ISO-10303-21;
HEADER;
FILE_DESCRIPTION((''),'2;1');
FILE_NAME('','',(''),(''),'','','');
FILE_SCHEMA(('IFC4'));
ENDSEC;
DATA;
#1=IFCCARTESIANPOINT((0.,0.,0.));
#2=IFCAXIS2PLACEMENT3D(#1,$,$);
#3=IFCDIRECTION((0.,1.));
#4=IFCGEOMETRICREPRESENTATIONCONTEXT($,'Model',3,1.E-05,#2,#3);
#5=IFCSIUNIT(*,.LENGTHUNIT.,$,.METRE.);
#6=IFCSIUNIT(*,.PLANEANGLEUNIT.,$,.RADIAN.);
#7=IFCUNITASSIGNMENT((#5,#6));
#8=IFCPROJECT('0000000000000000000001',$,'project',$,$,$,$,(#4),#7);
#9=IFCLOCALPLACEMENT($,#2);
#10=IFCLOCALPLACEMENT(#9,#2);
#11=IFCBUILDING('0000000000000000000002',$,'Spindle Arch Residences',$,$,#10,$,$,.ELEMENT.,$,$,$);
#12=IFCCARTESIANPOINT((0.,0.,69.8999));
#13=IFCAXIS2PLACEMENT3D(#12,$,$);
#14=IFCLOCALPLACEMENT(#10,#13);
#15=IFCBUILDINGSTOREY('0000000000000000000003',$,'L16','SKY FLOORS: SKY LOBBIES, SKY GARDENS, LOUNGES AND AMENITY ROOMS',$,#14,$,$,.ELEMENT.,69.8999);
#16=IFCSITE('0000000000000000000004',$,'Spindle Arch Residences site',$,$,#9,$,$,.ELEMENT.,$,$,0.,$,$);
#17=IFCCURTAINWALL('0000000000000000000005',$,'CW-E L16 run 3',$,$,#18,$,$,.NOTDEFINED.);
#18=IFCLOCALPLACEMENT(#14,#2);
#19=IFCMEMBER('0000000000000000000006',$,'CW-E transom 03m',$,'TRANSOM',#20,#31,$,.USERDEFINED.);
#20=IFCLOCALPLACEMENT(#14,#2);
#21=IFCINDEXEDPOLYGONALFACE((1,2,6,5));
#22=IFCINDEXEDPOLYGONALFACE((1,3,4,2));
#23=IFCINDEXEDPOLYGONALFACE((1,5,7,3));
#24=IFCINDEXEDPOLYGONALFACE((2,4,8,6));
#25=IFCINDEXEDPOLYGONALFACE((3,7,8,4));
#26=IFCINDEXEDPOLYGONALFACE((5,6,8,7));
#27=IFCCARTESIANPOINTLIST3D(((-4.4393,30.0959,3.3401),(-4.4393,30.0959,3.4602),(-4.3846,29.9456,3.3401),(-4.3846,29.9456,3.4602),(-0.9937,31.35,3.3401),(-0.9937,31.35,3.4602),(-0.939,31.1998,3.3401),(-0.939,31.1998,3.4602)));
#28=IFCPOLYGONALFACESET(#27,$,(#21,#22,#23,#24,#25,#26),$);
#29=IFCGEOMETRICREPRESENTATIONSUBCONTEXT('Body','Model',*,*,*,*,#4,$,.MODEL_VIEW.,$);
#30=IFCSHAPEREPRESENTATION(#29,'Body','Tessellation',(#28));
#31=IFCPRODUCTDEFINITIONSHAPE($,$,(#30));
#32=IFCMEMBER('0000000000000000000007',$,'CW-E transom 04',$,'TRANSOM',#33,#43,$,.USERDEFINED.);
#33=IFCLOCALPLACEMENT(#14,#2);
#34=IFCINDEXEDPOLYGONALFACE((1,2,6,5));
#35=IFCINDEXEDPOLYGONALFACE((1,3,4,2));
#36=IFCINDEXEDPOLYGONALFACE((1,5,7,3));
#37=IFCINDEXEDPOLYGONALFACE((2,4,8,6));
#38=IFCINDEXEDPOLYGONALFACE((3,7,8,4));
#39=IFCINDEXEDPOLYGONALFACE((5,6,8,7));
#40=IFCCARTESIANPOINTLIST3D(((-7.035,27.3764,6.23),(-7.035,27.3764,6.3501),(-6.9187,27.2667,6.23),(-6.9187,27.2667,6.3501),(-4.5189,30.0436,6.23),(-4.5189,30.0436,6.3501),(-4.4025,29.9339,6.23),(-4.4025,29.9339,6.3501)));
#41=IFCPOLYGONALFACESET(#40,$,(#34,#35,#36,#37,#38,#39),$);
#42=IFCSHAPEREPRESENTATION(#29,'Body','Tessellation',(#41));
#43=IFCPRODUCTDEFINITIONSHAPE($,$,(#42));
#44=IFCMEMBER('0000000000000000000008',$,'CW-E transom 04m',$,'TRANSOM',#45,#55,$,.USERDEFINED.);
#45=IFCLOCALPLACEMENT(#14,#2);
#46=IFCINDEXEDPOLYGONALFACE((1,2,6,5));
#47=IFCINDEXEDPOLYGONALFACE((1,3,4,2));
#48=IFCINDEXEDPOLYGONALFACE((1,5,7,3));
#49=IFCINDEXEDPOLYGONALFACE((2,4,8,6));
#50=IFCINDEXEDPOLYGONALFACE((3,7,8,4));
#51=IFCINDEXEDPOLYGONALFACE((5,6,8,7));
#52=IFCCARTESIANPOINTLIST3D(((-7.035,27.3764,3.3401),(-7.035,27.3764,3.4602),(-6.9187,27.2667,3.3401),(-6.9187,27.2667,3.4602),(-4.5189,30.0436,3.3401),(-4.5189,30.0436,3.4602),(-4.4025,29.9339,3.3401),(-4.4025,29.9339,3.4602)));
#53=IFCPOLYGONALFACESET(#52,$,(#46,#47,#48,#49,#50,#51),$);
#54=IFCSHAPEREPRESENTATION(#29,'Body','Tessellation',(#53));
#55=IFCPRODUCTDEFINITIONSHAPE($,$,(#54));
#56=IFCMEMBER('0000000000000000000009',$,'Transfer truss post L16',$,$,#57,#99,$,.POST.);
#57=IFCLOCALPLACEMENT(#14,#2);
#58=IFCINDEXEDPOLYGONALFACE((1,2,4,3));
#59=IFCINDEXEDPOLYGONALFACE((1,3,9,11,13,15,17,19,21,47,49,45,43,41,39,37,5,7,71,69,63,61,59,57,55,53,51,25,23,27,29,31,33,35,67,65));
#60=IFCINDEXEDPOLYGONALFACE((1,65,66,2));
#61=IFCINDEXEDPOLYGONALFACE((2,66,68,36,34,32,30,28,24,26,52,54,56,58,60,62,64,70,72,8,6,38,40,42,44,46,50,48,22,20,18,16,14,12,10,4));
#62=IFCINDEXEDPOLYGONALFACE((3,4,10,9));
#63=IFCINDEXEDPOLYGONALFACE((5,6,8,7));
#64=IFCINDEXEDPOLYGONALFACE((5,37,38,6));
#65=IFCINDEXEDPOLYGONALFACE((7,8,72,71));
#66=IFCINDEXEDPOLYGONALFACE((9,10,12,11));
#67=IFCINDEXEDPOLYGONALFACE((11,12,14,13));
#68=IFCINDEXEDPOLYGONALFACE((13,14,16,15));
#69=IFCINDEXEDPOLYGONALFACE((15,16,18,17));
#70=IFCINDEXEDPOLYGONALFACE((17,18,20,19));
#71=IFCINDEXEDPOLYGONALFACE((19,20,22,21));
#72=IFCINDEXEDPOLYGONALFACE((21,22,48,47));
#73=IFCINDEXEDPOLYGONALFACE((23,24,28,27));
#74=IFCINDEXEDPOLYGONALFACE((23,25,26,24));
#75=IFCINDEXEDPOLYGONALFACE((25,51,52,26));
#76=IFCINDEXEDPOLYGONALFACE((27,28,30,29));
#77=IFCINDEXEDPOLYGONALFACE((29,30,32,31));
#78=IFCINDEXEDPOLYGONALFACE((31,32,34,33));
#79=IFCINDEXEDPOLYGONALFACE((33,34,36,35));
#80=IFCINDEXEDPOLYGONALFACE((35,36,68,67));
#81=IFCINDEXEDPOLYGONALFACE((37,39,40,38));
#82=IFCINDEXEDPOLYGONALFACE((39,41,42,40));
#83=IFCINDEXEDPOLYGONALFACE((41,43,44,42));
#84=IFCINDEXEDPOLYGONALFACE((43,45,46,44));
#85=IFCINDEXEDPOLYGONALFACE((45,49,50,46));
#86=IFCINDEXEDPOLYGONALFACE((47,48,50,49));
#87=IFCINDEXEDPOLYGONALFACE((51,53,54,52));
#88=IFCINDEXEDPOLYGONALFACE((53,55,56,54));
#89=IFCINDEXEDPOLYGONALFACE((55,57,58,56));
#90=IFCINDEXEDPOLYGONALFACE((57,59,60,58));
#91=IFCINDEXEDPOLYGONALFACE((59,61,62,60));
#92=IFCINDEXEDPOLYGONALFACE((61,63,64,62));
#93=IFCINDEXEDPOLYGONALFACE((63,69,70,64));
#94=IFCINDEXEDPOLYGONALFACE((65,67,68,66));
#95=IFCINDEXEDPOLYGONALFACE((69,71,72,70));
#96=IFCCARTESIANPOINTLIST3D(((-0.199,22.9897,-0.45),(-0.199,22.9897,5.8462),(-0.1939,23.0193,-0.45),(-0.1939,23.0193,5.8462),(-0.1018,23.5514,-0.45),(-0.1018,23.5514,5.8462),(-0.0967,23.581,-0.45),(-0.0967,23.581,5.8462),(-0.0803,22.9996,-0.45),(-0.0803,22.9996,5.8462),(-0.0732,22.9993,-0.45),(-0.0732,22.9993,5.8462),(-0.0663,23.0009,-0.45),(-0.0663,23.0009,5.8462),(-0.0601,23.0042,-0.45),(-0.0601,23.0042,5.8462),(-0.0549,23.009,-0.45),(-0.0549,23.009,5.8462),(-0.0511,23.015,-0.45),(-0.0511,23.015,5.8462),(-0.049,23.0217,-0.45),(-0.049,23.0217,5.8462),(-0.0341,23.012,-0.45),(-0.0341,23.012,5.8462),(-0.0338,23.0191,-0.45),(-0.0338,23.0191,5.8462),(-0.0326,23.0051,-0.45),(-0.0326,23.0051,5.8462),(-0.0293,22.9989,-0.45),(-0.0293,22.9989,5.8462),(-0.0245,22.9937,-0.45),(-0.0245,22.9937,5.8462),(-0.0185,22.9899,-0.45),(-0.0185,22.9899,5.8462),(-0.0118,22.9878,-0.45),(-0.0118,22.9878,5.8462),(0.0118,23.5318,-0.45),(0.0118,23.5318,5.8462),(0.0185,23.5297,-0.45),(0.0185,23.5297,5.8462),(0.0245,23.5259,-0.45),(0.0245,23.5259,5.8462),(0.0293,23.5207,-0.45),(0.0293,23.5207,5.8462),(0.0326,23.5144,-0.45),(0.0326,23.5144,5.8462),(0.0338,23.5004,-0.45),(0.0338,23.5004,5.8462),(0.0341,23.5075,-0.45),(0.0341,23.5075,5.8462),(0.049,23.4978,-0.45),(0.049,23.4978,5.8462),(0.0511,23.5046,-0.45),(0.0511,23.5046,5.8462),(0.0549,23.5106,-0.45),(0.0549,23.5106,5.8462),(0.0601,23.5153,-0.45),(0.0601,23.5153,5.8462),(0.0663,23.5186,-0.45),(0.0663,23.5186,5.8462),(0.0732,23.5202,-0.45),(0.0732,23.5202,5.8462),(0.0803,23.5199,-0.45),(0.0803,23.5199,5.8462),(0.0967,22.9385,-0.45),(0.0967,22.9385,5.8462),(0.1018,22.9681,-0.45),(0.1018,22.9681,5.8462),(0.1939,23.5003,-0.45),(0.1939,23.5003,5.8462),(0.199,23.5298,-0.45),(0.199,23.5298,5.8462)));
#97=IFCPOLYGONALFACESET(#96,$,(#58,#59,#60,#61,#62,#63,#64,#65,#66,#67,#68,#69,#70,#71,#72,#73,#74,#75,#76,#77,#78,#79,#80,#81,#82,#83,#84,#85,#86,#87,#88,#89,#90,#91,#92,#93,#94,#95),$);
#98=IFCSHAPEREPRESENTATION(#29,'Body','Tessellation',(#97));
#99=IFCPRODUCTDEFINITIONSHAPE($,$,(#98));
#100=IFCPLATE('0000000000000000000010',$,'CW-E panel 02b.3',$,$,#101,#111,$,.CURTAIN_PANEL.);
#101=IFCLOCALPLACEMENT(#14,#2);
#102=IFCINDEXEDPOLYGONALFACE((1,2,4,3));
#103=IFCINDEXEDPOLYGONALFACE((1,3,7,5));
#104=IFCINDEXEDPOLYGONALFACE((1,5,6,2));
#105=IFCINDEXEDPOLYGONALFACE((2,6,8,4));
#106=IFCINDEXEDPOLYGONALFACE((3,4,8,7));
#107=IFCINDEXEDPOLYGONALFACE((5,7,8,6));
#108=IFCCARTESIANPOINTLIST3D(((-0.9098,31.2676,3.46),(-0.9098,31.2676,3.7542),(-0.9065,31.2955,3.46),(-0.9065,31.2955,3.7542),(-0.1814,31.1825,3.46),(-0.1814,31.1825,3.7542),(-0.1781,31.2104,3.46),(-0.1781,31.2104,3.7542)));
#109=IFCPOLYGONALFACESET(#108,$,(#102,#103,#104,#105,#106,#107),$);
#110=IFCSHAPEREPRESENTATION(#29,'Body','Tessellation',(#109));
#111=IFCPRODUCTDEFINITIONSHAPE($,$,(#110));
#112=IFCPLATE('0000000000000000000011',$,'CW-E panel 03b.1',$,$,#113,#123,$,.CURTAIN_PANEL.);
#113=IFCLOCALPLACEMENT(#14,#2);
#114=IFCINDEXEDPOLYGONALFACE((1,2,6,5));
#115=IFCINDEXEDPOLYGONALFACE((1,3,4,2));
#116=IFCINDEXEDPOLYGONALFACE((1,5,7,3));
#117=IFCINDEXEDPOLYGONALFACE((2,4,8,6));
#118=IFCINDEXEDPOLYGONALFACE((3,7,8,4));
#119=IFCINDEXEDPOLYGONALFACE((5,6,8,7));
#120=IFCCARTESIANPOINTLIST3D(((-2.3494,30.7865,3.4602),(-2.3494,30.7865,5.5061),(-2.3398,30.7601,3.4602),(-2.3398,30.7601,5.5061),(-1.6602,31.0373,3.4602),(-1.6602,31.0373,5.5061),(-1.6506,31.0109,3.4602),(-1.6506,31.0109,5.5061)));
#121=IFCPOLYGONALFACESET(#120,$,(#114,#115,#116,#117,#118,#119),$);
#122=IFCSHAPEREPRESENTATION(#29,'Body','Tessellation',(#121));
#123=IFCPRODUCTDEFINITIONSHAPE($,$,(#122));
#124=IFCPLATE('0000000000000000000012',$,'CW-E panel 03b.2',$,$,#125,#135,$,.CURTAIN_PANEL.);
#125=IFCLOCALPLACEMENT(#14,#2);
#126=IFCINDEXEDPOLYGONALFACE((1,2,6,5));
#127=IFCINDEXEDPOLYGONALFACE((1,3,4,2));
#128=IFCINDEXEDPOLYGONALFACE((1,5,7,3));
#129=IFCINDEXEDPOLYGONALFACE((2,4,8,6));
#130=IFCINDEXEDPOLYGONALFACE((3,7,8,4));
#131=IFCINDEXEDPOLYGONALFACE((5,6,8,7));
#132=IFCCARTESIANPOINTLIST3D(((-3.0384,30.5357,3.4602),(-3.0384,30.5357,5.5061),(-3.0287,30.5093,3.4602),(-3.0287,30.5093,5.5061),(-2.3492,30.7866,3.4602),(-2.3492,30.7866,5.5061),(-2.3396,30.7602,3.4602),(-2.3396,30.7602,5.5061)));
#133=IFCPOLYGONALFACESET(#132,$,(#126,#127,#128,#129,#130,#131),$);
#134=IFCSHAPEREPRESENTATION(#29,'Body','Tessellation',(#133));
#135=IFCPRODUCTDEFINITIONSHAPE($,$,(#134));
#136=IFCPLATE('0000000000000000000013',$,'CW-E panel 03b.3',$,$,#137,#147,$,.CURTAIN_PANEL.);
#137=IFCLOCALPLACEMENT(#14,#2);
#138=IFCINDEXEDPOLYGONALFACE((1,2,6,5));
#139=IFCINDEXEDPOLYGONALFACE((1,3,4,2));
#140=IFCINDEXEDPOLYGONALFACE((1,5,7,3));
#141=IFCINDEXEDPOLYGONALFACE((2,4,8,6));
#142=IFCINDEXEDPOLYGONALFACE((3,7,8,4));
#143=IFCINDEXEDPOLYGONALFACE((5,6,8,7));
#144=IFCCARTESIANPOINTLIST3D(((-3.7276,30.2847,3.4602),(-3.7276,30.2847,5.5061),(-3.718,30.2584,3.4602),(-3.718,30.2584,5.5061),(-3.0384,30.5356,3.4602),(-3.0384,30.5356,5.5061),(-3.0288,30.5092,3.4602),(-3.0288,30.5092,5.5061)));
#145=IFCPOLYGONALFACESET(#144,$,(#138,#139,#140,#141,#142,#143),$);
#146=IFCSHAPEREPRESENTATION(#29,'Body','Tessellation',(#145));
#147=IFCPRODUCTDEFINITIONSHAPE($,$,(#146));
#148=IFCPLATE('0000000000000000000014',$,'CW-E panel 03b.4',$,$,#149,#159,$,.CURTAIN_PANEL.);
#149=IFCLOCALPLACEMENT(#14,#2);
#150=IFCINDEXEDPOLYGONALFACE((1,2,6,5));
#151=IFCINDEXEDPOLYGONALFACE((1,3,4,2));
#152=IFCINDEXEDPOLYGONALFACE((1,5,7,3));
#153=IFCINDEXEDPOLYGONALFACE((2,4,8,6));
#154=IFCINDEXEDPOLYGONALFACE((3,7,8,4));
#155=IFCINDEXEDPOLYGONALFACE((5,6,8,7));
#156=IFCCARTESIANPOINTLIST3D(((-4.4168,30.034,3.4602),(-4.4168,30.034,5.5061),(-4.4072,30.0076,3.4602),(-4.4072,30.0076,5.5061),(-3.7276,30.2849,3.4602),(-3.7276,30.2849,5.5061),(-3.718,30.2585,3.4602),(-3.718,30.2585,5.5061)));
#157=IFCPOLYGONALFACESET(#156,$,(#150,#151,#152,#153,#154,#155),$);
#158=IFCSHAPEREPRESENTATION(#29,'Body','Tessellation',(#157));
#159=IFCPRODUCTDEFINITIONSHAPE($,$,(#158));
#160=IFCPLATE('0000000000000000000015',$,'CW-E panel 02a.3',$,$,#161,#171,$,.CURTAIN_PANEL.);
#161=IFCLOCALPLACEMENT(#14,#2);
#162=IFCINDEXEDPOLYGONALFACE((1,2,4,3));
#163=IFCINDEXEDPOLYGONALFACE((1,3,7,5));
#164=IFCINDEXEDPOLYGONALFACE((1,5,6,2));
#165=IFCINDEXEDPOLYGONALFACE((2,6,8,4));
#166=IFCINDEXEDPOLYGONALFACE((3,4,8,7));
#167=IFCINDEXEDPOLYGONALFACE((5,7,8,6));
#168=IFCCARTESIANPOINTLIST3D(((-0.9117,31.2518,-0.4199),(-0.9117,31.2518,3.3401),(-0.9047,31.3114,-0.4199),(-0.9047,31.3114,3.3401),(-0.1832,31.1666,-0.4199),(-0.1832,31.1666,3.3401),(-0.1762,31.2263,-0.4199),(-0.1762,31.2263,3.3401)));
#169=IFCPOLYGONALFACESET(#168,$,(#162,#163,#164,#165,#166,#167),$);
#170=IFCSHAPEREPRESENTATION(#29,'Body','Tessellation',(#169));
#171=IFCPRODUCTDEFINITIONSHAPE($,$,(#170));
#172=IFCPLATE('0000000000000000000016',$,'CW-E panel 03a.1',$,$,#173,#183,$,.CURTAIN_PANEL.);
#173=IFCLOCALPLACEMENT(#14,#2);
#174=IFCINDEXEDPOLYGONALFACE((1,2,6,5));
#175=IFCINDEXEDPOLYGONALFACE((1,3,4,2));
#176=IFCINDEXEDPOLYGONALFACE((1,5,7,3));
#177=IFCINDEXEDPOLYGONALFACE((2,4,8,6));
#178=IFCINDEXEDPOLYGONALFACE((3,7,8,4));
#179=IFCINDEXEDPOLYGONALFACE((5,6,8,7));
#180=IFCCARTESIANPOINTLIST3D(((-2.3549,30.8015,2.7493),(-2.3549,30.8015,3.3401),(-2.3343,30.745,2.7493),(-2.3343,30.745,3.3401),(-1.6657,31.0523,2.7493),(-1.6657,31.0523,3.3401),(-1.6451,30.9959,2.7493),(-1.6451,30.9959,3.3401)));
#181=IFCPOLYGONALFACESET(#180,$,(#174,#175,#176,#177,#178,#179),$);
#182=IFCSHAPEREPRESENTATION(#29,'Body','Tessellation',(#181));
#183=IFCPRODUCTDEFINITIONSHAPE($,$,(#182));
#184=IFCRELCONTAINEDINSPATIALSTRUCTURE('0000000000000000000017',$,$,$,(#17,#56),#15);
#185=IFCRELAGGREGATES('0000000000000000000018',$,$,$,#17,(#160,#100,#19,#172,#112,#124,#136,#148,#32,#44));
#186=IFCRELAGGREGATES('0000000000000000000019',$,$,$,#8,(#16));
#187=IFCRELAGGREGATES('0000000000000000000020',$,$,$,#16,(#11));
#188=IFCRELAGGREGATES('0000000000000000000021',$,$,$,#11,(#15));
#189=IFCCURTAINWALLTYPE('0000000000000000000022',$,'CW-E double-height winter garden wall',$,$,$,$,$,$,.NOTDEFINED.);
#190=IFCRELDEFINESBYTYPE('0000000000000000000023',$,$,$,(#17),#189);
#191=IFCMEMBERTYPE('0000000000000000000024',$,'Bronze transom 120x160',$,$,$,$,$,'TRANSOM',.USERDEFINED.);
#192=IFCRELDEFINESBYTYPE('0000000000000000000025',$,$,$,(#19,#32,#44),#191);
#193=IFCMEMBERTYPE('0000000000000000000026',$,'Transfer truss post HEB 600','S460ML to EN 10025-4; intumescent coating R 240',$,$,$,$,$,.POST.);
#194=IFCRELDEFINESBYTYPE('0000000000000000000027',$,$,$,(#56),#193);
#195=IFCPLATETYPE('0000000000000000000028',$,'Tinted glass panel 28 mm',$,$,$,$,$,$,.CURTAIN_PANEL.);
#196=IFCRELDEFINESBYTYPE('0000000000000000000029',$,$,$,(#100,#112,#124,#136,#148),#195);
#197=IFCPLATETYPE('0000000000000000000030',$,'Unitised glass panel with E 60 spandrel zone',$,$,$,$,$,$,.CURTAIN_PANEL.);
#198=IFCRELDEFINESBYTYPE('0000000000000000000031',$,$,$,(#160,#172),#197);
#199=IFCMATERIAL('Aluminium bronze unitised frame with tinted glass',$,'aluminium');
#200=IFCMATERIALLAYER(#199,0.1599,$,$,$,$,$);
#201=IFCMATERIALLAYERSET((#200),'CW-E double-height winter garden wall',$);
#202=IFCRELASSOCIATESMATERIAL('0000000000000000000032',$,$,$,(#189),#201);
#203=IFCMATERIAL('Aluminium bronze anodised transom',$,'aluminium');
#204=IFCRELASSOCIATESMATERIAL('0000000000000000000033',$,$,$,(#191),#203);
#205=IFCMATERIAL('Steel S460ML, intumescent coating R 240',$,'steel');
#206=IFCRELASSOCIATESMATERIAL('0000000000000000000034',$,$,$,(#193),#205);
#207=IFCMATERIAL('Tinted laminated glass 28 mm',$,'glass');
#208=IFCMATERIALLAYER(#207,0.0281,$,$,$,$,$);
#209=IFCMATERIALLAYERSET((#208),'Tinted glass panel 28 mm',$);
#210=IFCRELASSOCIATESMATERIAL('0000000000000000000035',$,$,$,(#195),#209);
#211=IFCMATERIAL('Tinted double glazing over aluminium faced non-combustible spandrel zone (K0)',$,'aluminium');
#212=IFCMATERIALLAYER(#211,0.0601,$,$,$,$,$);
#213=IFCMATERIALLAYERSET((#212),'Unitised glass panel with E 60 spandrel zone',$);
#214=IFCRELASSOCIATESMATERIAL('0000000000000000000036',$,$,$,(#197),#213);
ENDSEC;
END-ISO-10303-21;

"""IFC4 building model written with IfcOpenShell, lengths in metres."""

from ifc_helpers import new_model, si_unit, direction, frame, origin, origin_2d, place, context, subcontext, project, spatial, rectangle, i_section, extrude, material, layer, layer_set, material_profile, profile_set, type_object, element, aggregate, save


model = new_model("IFC4")

# Units and contexts
model_context = context("Model", 3, precision=1e-05, world=origin(), true_north=direction((0.0, 1.0)))
body_context = subcontext(model_context, "Body", "Model", "MODEL_VIEW")
ifc_project = project(units=[si_unit("LENGTHUNIT", "METRE"), si_unit("PLANEANGLEUNIT", "RADIAN")], contexts=[model_context])

# Site, building, storey
site_placement = place(None, origin())
site = spatial("IfcSite", under=ifc_project, at=site_placement, Name="Spindle Arch Residences site", CompositionType="ELEMENT", RefElevation=0.0)
building_placement = place(site_placement, origin())
building = spatial("IfcBuilding", under=site, at=building_placement, Name="Spindle Arch Residences", CompositionType="ELEMENT")
storey_placement = place(building_placement, frame((0.0, 0.0, 69.8999)))
storey = spatial("IfcBuildingStorey", under=building, at=storey_placement, Name="L16", Description="SKY FLOORS: SKY LOBBIES, SKY GARDENS, LOUNGES AND AMENITY ROOMS", CompositionType="ELEMENT", Elevation=69.8999)

# Curtain wall, members
ifc_material_1 = material(Name="Aluminium bronze unitised frame with tinted glass", Category="aluminium")
ifc_layer_1 = layer(ifc_material_1, 0.1599)
ifc_layer_set_1 = layer_set([ifc_layer_1], Name="CW-E double-height winter garden wall")
curtain_wall_type = type_object("IfcCurtainWallType", Name="CW-E double-height winter garden wall", PredefinedType="NOTDEFINED", material=ifc_layer_set_1)
curtain_wall_placement = place(storey_placement, origin())
curtain_wall = element("IfcCurtainWall", 1, at=curtain_wall_placement, inside=storey, type_object=curtain_wall_type, Name="CW-E L16 run 3", PredefinedType="NOTDEFINED")
ifc_material_2 = material(Name="Aluminium bronze anodised transom", Category="aluminium")
ifc_material_profile_1 = material_profile(ifc_material_2, rectangle(XDim=0.1599, YDim=0.1201, at=origin_2d()), Name="TR 120x160")
ifc_profile_set_1 = profile_set([ifc_material_profile_1], Name="Aluminium bronze anodised transom")
member_type_1 = type_object("IfcMemberType", Name="Bronze transom 120x160", ElementType="TRANSOM", PredefinedType="USERDEFINED", material=ifc_profile_set_1)
member_1_placement = place(storey_placement, frame((-0.9663, 31.2749, 3.4001), z_axis=(-0.939686, -0.342037, 0.0), x_axis=(0.342037, -0.939686, 0.0)))
member_1 = element("IfcMember", 2, at=member_1_placement, type_object=member_type_1, Name="CW-E transom 03m", ObjectType="TRANSOM", PredefinedType="USERDEFINED", context=body_context, shape_type="SweptSolid", body=[
    extrude(rectangle(XDim=0.1599, YDim=0.1201, at=origin_2d()), origin(), (0.0, 0.0, 1.0), 3.6667),
])
member_2_placement = place(storey_placement, frame((-4.4607, 29.9888, 6.29), z_axis=(-0.686199, -0.727414, 0.0), x_axis=(0.727414, -0.686199, 0.0)))
member_2 = element("IfcMember", 3, at=member_2_placement, type_object=member_type_1, Name="CW-E transom 04", ObjectType="TRANSOM", PredefinedType="USERDEFINED", context=body_context, shape_type="SweptSolid", body=[
    extrude(rectangle(XDim=0.1599, YDim=0.1201, at=origin_2d()), origin(), (0.0, 0.0, 1.0), 3.6667),
])
member_3_placement = place(storey_placement, frame((-4.4607, 29.9888, 3.4001), z_axis=(-0.686199, -0.727414, 0.0), x_axis=(0.727414, -0.686199, 0.0)))
member_3 = element("IfcMember", 4, at=member_3_placement, type_object=member_type_1, Name="CW-E transom 04m", ObjectType="TRANSOM", PredefinedType="USERDEFINED", context=body_context, shape_type="SweptSolid", body=[
    extrude(rectangle(XDim=0.1599, YDim=0.1201, at=origin_2d()), origin(), (0.0, 0.0, 1.0), 3.6667),
])

# Member
ifc_material_3 = material(Name="Steel S460ML, intumescent coating R 240", Category="steel")
ifc_material_profile_2 = material_profile(ifc_material_3, i_section(OverallWidth=0.3, OverallDepth=0.6001, WebThickness=0.0154, FlangeThickness=0.03, FilletRadius=0.0271, at=origin_2d()), Name="HEB 600")
ifc_profile_set_2 = profile_set([ifc_material_profile_2], Name="Steel S460ML, intumescent coating R 240")
member_type_2 = type_object("IfcMemberType", Name="Transfer truss post HEB 600", Description="S460ML to EN 10025-4; intumescent coating R 240", PredefinedType="POST", material=ifc_profile_set_2)
member_4_placement = place(storey_placement, frame((0.0, 23.2598, -0.45), z_axis=(0.0, 0.0, 1.0), x_axis=(0.985362, -0.170476, 0.0)))
element("IfcMember", 5, at=member_4_placement, inside=storey, type_object=member_type_2, Name="Transfer truss post L16", PredefinedType="POST", context=body_context, shape_type="SweptSolid", body=[
    extrude(i_section(OverallWidth=0.3, OverallDepth=0.6001, WebThickness=0.0154, FlangeThickness=0.03, FilletRadius=0.0271, at=origin_2d()), origin(), (0.0, 0.0, 1.0), 6.2961),
])

# Plates
ifc_material_4 = material(Name="Tinted laminated glass 28 mm", Category="glass")
ifc_layer_2 = layer(ifc_material_4, 0.0281)
ifc_layer_set_2 = layer_set([ifc_layer_2], Name="Tinted glass panel 28 mm")
plate_type_1 = type_object("IfcPlateType", Name="Tinted glass panel 28 mm", PredefinedType="CURTAIN_PANEL", material=ifc_layer_set_2)
plate_1_placement = place(storey_placement, frame((-0.5439, 31.239, 3.46), z_axis=(0.0, 0.0, 1.0), x_axis=(-0.993238, 0.116093, 0.0)))
plate_1 = element("IfcPlate", 6, at=plate_1_placement, type_object=plate_type_1, Name="CW-E panel 02b.3", PredefinedType="CURTAIN_PANEL", context=body_context, shape_type="SweptSolid", body=[
    extrude(rectangle(XDim=0.7334, YDim=0.0281, at=origin_2d()), origin(), (0.0, 0.0, 1.0), 0.2942),
])
plate_2_placement = place(storey_placement, frame((-2.0, 30.8987, 3.4602), z_axis=(0.0, 0.0, 1.0), x_axis=(-0.939693, -0.34202, 0.0)))
plate_2 = element("IfcPlate", 7, at=plate_2_placement, type_object=plate_type_1, Name="CW-E panel 03b.1", PredefinedType="CURTAIN_PANEL", context=body_context, shape_type="SweptSolid", body=[
    extrude(rectangle(XDim=0.7334, YDim=0.0281, at=origin_2d()), origin(), (0.0, 0.0, 1.0), 2.0459),
])
plate_3_placement = place(storey_placement, frame((-2.689, 30.6479, 3.4602), z_axis=(0.0, 0.0, 1.0), x_axis=(-0.939693, -0.34202, 0.0)))
plate_3 = element("IfcPlate", 8, at=plate_3_placement, type_object=plate_type_1, Name="CW-E panel 03b.2", PredefinedType="CURTAIN_PANEL", context=body_context, shape_type="SweptSolid", body=[
    extrude(rectangle(XDim=0.7334, YDim=0.0281, at=origin_2d()), origin(), (0.0, 0.0, 1.0), 2.0459),
])
plate_4_placement = place(storey_placement, frame((-3.3782, 30.397, 3.4602), z_axis=(0.0, 0.0, 1.0), x_axis=(-0.939693, -0.34202, 0.0)))
plate_4 = element("IfcPlate", 9, at=plate_4_placement, type_object=plate_type_1, Name="CW-E panel 03b.3", PredefinedType="CURTAIN_PANEL", context=body_context, shape_type="SweptSolid", body=[
    extrude(rectangle(XDim=0.7334, YDim=0.0281, at=origin_2d()), origin(), (0.0, 0.0, 1.0), 2.0459),
])
plate_5_placement = place(storey_placement, frame((-4.0674, 30.1462, 3.4602), z_axis=(0.0, 0.0, 1.0), x_axis=(-0.939693, -0.34202, 0.0)))
plate_5 = element("IfcPlate", 10, at=plate_5_placement, type_object=plate_type_1, Name="CW-E panel 03b.4", PredefinedType="CURTAIN_PANEL", context=body_context, shape_type="SweptSolid", body=[
    extrude(rectangle(XDim=0.7334, YDim=0.0281, at=origin_2d()), origin(), (0.0, 0.0, 1.0), 2.0459),
])
ifc_material_5 = material(Name="Tinted double glazing over aluminium faced non-combustible spandrel zone (K0)", Category="aluminium")
ifc_layer_3 = layer(ifc_material_5, 0.0601)
ifc_layer_set_3 = layer_set([ifc_layer_3], Name="Unitised glass panel with E 60 spandrel zone")
plate_type_2 = type_object("IfcPlateType", Name="Unitised glass panel with E 60 spandrel zone", PredefinedType="CURTAIN_PANEL", material=ifc_layer_set_3)
plate_6_placement = place(storey_placement, frame((-0.5439, 31.239, -0.4199), z_axis=(0.0, 0.0, 1.0), x_axis=(-0.993238, 0.116093, 0.0)))
plate_6 = element("IfcPlate", 11, at=plate_6_placement, type_object=plate_type_2, Name="CW-E panel 02a.3", PredefinedType="CURTAIN_PANEL", context=body_context, shape_type="SweptSolid", body=[
    extrude(rectangle(XDim=0.7334, YDim=0.0601, at=origin_2d()), origin(), (0.0, 0.0, 1.0), 3.76),
])
plate_7_placement = place(storey_placement, frame((-2.0, 30.8987, 2.7493), z_axis=(0.0, 0.0, 1.0), x_axis=(-0.939693, -0.34202, 0.0)))
plate_7 = element("IfcPlate", 12, at=plate_7_placement, type_object=plate_type_2, Name="CW-E panel 03a.1", PredefinedType="CURTAIN_PANEL", context=body_context, shape_type="SweptSolid", body=[
    extrude(rectangle(XDim=0.7334, YDim=0.0601, at=origin_2d()), origin(), (0.0, 0.0, 1.0), 0.5908),
])
aggregate(curtain_wall, [plate_6, plate_1, member_1, plate_7, plate_2, plate_3, plate_4, plate_5, member_2, member_3])

save(model, "model.ifc")
